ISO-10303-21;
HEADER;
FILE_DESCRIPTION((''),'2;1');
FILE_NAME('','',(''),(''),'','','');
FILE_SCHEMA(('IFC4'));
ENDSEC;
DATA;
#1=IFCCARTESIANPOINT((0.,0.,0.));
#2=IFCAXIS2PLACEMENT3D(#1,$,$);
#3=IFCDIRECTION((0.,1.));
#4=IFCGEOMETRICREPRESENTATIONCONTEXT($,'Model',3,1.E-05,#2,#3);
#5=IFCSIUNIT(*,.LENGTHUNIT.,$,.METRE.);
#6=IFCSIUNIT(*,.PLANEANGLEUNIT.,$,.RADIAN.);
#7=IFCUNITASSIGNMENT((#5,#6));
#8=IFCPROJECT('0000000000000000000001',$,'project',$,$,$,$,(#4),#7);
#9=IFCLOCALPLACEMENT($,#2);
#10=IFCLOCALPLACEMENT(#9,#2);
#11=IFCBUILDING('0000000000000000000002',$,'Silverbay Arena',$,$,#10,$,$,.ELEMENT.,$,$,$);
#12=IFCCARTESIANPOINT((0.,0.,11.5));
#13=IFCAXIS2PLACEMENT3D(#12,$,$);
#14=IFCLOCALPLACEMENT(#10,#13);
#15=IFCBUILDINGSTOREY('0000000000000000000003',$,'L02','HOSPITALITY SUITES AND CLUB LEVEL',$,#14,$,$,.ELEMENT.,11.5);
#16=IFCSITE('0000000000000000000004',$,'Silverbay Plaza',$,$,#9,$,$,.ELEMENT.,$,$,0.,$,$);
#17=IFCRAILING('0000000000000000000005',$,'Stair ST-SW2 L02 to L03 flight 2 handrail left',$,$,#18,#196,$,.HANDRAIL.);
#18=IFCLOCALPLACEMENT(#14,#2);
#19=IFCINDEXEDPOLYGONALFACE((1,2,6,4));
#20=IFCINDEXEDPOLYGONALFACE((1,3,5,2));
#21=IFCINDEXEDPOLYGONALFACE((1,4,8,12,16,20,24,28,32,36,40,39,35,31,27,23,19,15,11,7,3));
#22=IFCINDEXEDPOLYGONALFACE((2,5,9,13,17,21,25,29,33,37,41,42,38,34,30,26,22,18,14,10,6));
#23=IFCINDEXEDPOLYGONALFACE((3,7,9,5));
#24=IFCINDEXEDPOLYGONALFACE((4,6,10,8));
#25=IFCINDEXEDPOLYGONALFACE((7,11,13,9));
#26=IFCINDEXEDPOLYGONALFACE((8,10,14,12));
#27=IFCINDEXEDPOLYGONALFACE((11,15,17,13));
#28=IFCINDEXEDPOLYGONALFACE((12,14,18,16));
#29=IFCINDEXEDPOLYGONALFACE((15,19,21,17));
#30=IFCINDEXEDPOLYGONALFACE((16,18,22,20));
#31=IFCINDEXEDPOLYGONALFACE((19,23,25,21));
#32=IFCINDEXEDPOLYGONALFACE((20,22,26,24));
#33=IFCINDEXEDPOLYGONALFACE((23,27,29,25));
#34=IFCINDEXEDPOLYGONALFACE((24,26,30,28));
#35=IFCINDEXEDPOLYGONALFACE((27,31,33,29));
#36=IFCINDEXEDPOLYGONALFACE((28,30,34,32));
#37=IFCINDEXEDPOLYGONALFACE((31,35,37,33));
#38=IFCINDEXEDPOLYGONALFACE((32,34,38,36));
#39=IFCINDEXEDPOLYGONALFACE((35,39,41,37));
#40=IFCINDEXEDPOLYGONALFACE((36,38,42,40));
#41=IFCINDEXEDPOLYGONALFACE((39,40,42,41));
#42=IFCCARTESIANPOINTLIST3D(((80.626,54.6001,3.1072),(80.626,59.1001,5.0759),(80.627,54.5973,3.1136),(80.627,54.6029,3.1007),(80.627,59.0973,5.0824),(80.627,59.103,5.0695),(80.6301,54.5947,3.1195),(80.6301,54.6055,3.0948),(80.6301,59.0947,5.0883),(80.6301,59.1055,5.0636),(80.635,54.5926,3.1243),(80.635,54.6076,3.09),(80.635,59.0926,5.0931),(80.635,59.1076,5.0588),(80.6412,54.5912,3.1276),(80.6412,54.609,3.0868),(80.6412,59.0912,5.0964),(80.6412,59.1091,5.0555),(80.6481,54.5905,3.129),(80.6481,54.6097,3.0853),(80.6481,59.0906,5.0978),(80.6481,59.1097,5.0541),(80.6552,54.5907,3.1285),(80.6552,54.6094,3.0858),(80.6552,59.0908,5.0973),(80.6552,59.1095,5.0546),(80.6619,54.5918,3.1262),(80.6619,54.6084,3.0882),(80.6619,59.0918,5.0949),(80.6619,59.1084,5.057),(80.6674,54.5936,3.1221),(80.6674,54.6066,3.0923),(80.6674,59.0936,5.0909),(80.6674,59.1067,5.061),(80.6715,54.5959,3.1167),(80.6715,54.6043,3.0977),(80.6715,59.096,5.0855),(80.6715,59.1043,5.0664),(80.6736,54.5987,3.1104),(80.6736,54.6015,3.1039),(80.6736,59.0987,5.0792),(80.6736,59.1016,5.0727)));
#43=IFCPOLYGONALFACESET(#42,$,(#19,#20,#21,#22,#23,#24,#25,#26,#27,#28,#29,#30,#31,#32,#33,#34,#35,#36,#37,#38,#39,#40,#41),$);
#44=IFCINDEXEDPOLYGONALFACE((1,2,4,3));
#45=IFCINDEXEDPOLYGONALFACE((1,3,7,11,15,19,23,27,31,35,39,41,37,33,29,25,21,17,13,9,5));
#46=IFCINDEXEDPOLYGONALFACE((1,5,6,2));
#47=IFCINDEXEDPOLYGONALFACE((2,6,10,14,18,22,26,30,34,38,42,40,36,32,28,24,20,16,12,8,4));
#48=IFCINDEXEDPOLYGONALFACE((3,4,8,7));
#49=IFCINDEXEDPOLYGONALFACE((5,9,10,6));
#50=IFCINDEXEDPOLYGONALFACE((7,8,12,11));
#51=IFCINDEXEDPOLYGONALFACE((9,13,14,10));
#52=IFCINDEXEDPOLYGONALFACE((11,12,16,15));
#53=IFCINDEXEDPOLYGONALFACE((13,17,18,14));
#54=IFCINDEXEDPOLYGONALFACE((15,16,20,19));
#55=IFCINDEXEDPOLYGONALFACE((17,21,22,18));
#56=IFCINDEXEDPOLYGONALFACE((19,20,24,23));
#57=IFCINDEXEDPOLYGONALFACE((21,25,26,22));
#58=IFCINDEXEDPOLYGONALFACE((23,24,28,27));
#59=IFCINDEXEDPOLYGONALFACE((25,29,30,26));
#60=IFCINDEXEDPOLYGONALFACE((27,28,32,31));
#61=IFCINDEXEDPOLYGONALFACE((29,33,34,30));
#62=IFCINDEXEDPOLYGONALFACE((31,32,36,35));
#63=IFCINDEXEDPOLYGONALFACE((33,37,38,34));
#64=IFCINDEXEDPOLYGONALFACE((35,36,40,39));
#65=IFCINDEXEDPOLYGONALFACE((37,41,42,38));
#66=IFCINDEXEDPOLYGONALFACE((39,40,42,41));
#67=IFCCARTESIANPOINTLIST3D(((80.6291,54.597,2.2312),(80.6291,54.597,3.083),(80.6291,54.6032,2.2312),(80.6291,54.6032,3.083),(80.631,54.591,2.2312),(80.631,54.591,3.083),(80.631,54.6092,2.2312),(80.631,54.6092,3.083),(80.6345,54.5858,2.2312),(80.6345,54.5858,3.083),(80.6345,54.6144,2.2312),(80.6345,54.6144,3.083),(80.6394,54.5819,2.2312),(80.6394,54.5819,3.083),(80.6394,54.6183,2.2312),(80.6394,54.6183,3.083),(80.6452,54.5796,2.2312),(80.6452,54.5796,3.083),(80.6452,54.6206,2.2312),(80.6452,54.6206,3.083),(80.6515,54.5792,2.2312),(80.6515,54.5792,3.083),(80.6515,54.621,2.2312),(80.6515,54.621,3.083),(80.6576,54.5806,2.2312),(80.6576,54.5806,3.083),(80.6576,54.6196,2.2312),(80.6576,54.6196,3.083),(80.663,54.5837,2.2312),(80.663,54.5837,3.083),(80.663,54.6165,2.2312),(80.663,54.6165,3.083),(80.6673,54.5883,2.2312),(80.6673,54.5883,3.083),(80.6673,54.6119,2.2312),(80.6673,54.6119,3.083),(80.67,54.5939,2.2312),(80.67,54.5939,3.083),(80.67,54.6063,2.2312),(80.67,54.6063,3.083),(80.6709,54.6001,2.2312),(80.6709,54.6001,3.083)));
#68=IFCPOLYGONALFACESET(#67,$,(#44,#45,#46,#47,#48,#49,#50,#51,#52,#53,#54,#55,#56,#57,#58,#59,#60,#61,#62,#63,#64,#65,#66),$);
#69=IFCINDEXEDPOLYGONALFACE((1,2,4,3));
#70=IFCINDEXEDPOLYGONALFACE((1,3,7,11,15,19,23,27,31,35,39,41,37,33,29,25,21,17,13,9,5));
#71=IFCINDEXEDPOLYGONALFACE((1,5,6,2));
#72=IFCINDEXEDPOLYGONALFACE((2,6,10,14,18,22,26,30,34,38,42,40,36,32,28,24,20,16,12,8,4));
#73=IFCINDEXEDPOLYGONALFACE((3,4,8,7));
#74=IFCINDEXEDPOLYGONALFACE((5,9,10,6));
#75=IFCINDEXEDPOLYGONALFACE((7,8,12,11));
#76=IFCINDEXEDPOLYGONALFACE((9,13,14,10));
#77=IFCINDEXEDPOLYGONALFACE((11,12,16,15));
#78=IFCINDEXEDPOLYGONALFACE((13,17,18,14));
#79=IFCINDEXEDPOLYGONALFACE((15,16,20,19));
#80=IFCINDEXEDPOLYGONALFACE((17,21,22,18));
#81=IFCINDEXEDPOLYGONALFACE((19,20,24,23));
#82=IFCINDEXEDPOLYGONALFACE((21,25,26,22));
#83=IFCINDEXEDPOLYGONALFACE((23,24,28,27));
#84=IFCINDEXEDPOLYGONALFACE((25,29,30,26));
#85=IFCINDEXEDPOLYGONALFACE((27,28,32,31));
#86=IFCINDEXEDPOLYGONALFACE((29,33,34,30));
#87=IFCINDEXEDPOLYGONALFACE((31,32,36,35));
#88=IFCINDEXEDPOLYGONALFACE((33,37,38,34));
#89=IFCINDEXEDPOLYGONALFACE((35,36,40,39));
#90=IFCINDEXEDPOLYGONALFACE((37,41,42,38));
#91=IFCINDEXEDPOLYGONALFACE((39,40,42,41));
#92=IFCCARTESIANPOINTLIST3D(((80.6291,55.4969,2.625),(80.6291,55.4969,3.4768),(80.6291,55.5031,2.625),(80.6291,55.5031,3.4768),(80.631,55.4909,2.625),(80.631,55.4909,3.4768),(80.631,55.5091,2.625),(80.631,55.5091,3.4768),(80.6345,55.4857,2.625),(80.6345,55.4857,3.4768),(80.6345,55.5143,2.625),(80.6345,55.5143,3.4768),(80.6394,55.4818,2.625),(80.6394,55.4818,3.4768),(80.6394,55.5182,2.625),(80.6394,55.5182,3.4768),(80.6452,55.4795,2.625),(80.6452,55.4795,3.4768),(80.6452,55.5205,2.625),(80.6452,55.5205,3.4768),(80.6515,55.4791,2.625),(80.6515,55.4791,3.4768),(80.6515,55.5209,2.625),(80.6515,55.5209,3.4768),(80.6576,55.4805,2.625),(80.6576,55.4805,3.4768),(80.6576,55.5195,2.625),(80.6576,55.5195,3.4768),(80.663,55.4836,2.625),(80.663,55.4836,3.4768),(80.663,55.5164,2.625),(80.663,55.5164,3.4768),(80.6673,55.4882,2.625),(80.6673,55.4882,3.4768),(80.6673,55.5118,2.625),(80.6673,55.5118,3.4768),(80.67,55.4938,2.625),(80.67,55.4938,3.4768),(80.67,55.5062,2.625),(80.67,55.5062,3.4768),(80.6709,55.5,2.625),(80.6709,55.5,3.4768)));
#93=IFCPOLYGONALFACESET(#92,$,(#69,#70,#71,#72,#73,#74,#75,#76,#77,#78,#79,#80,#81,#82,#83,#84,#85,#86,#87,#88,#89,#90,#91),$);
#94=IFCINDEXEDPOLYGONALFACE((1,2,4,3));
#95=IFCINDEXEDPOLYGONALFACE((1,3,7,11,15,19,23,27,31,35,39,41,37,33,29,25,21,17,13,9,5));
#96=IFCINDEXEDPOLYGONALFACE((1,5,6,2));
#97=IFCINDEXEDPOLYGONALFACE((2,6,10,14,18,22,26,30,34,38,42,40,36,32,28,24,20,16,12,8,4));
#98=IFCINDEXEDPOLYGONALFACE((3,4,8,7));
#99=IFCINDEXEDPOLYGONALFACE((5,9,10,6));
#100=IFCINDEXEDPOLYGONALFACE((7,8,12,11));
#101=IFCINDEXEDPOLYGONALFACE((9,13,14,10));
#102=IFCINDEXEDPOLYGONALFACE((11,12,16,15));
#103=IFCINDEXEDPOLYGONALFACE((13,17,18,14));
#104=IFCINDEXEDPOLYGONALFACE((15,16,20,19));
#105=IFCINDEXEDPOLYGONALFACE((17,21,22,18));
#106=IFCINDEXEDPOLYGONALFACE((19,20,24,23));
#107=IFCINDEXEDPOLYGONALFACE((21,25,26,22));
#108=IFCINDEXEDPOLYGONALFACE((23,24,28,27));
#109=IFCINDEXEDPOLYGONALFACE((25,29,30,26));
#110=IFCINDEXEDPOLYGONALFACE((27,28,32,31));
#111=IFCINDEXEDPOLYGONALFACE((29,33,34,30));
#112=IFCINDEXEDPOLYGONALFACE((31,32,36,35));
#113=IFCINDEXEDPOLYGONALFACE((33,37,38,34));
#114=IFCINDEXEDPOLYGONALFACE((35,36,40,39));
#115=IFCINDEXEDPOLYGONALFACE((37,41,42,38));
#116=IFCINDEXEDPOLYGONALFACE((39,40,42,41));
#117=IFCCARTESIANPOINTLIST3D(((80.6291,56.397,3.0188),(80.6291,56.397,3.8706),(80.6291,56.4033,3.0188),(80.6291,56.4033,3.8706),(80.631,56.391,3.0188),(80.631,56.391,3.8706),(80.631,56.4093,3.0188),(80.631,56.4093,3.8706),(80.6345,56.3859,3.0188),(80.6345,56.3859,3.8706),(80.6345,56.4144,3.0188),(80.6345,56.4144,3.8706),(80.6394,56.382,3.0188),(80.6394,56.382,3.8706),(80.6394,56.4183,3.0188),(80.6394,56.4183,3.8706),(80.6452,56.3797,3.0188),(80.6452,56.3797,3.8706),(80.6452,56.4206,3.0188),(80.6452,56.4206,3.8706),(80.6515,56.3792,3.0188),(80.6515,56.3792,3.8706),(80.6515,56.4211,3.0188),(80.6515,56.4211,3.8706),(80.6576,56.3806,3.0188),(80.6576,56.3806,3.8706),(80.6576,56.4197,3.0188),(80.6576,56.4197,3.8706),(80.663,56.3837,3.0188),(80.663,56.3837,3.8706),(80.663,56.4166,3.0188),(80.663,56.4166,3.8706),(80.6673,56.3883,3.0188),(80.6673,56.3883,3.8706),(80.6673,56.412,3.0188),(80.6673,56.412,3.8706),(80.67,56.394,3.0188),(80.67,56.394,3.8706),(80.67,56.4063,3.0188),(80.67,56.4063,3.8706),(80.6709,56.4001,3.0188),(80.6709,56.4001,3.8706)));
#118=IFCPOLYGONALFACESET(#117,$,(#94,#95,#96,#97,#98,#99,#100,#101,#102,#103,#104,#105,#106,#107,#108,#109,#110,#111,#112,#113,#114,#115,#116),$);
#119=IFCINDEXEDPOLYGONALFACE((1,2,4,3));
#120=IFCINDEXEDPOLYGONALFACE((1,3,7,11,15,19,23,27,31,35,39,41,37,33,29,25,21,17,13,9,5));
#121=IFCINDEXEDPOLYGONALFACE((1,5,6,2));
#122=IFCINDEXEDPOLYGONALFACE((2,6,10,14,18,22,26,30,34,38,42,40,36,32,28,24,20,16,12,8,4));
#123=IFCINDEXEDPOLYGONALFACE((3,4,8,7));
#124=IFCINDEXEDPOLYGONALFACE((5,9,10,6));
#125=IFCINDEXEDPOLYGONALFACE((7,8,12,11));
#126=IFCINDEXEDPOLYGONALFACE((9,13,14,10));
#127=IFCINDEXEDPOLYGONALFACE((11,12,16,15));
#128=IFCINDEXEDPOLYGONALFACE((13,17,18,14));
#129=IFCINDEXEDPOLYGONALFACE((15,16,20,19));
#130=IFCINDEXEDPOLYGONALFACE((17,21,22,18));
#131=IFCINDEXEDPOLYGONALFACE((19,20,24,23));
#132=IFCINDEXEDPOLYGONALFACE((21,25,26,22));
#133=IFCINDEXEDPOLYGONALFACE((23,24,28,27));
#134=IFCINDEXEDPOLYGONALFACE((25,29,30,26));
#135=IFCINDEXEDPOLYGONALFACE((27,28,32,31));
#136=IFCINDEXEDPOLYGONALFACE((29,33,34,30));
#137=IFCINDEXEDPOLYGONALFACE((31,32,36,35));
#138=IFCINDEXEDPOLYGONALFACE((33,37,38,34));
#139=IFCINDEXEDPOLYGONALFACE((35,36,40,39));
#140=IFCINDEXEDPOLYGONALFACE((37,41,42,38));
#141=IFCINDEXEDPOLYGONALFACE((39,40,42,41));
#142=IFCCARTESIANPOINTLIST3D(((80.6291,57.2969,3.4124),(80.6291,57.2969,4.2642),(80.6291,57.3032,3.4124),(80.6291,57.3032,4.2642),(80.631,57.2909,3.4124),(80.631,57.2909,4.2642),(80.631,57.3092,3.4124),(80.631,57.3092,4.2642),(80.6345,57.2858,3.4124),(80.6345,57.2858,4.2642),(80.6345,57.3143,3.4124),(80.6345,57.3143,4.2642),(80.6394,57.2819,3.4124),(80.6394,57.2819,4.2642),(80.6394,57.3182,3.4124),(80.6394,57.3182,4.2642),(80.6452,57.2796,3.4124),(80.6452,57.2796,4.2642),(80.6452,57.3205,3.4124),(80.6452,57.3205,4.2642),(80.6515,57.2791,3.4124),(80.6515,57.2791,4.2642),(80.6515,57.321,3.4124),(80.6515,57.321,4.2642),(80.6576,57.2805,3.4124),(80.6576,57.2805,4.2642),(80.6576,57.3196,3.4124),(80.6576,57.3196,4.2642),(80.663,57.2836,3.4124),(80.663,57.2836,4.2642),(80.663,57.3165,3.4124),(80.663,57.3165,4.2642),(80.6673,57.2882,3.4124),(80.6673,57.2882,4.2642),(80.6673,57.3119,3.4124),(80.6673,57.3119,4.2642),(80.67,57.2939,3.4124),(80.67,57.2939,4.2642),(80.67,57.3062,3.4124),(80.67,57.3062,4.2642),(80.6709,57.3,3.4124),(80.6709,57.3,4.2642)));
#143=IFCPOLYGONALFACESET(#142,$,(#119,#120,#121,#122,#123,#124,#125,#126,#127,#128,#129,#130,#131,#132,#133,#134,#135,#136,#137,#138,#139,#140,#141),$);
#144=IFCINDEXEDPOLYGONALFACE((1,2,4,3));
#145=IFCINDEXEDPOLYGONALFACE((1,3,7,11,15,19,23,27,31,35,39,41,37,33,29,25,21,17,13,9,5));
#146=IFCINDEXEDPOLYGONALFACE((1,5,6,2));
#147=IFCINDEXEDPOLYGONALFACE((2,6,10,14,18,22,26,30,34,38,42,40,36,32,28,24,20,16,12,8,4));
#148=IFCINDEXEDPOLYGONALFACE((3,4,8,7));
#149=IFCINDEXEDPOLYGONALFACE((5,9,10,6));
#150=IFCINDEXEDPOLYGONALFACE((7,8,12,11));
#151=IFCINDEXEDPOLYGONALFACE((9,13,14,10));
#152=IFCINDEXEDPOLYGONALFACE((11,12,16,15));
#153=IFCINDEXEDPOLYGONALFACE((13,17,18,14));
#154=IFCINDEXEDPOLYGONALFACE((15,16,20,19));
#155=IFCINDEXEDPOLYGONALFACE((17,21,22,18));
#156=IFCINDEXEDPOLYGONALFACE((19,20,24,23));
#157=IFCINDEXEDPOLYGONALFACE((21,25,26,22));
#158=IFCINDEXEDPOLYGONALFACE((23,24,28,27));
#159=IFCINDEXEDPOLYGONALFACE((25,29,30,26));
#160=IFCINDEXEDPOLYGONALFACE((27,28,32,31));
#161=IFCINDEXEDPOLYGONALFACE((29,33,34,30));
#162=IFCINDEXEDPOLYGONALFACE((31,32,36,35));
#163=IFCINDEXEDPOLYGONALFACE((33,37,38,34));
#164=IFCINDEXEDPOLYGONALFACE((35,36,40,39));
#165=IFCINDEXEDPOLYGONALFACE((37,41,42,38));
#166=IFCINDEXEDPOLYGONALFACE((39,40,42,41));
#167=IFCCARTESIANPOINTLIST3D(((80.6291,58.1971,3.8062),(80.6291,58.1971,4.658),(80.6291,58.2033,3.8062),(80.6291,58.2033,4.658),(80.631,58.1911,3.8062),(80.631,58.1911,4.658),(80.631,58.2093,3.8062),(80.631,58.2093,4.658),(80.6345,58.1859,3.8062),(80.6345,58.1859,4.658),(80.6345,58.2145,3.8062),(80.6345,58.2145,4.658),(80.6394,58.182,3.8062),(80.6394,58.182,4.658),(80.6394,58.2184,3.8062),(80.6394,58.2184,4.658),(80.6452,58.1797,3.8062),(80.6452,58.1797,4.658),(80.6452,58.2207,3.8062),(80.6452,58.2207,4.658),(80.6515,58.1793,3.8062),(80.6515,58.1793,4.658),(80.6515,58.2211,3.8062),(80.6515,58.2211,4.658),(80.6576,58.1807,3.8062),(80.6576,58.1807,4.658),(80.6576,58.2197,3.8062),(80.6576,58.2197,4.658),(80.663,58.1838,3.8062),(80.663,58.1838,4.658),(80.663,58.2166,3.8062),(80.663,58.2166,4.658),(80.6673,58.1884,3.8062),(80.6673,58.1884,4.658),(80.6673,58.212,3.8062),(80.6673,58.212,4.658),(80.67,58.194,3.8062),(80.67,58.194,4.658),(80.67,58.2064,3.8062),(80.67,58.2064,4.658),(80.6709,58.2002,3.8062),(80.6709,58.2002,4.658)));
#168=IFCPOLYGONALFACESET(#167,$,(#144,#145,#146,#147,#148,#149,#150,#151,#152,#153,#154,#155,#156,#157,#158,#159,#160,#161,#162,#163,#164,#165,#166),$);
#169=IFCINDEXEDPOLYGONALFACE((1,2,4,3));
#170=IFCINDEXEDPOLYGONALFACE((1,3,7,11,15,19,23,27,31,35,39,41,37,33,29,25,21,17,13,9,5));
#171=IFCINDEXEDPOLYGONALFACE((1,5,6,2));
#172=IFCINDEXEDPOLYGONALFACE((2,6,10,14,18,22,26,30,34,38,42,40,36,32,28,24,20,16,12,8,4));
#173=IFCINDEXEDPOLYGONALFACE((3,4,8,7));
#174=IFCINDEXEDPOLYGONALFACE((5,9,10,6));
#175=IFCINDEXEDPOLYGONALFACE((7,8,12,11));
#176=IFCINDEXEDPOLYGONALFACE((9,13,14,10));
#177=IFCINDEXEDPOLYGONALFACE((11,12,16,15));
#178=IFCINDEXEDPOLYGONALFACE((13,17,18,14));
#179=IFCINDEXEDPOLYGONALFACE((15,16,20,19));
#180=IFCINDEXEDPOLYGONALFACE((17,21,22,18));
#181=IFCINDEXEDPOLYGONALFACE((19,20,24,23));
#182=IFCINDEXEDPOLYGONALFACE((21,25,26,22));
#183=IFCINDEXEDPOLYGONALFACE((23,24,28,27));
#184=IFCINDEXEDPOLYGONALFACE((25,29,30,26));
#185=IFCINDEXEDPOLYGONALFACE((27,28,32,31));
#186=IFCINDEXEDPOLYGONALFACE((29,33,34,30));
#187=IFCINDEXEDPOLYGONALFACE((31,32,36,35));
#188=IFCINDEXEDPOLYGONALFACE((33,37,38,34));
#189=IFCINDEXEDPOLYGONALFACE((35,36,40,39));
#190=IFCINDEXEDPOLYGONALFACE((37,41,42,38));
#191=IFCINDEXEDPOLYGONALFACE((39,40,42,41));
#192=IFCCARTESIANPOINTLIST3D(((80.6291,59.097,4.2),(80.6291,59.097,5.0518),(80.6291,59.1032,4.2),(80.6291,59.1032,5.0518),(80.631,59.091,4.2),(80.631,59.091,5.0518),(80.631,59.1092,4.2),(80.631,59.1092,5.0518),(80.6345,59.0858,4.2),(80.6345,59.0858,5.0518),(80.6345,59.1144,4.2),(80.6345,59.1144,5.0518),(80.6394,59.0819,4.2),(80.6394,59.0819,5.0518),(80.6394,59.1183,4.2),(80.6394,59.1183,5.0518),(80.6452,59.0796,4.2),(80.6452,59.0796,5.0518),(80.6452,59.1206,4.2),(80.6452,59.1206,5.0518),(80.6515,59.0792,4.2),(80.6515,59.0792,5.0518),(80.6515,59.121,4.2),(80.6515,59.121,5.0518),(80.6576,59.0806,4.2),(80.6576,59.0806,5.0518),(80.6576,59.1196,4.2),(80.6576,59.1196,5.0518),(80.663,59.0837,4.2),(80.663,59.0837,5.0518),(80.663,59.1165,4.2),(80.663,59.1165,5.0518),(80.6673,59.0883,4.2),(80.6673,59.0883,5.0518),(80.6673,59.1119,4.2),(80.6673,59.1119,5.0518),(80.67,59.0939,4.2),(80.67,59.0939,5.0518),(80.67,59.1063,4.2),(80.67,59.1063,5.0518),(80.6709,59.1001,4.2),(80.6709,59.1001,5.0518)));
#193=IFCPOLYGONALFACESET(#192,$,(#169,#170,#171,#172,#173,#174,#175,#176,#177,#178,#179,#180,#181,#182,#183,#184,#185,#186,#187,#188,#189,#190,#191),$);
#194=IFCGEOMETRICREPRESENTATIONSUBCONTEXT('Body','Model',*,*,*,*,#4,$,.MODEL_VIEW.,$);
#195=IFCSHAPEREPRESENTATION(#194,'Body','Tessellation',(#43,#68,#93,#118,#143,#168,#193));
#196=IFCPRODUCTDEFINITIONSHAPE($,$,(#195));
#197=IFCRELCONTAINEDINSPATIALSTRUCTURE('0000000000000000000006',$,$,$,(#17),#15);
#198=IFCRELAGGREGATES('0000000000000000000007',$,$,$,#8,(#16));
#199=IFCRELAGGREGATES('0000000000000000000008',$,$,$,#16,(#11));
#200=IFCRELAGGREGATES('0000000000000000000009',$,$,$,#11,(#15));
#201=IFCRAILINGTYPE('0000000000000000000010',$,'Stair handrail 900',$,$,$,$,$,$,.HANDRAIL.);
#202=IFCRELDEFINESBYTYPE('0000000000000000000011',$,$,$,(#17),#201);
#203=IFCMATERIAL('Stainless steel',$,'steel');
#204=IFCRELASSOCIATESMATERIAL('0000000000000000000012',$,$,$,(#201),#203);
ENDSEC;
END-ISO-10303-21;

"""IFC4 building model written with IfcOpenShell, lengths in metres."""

from ifc_helpers import new_model, si_unit, direction, frame, origin, origin_2d, place, context, subcontext, project, spatial, circle, extrude, material, type_object, element, save


model = new_model("IFC4")

# Units and contexts
model_context = context("Model", 3, precision=1e-05, world=origin(), true_north=direction((0.0, 1.0)))
body_context = subcontext(model_context, "Body", "Model", "MODEL_VIEW")
ifc_project = project(units=[si_unit("LENGTHUNIT", "METRE"), si_unit("PLANEANGLEUNIT", "RADIAN")], contexts=[model_context])

# Site, building, storey
site_placement = place(None, origin())
site = spatial("IfcSite", under=ifc_project, at=site_placement, Name="Silverbay Plaza", CompositionType="ELEMENT", RefElevation=0.0)
building_placement = place(site_placement, origin())
building = spatial("IfcBuilding", under=site, at=building_placement, Name="Silverbay Arena", CompositionType="ELEMENT")
storey_placement = place(building_placement, frame((0.0, 0.0, 11.5)))
storey = spatial("IfcBuildingStorey", under=building, at=storey_placement, Name="L02", Description="HOSPITALITY SUITES AND CLUB LEVEL", CompositionType="ELEMENT", Elevation=11.5)

# Railing
ifc_material_1 = material(Name="Stainless steel", Category="steel")
railing_type_1 = type_object("IfcRailingType", Name="Stair handrail 900", PredefinedType="HANDRAIL", material=ifc_material_1)
for number, where, name in (
    (1, (80.6499, 54.6001, 2.2312), "Stair ST-SW2 L02 to L03 flight 2 handrail left"),
):
    element("IfcRailing", number, at=place(storey_placement, frame(where)), inside=storey, type_object=railing_type_1, Name=name, PredefinedType="HANDRAIL", context=body_context, shape_type="SweptSolid", body=[
        extrude(circle(Radius=0.0239, at=origin_2d()), frame((0.0, 0.0, 0.876), z_axis=(0.0, 0.916157, 0.400819), x_axis=(-1.0, 0.0, 0.0)), (0.0, 0.0, 1.0), 4.9119),
        extrude(circle(Radius=0.021, at=origin_2d()), origin(), (0.0, 0.0, 1.0), 0.8518),
        extrude(circle(Radius=0.021, at=origin_2d()), frame((0.0, 0.8999, 0.3938)), (0.0, 0.0, 1.0), 0.8518),
        extrude(circle(Radius=0.021, at=origin_2d()), frame((0.0, 1.8, 0.7876)), (0.0, 0.0, 1.0), 0.8518),
        extrude(circle(Radius=0.021, at=origin_2d()), frame((0.0, 2.7, 1.1812)), (0.0, 0.0, 1.0), 0.8518),
        extrude(circle(Radius=0.021, at=origin_2d()), frame((0.0, 3.6001, 1.575)), (0.0, 0.0, 1.0), 0.8518),
        extrude(circle(Radius=0.021, at=origin_2d()), frame((0.0, 4.5, 1.9688)), (0.0, 0.0, 1.0), 0.8518),
    ])

save(model, "model.ifc")
